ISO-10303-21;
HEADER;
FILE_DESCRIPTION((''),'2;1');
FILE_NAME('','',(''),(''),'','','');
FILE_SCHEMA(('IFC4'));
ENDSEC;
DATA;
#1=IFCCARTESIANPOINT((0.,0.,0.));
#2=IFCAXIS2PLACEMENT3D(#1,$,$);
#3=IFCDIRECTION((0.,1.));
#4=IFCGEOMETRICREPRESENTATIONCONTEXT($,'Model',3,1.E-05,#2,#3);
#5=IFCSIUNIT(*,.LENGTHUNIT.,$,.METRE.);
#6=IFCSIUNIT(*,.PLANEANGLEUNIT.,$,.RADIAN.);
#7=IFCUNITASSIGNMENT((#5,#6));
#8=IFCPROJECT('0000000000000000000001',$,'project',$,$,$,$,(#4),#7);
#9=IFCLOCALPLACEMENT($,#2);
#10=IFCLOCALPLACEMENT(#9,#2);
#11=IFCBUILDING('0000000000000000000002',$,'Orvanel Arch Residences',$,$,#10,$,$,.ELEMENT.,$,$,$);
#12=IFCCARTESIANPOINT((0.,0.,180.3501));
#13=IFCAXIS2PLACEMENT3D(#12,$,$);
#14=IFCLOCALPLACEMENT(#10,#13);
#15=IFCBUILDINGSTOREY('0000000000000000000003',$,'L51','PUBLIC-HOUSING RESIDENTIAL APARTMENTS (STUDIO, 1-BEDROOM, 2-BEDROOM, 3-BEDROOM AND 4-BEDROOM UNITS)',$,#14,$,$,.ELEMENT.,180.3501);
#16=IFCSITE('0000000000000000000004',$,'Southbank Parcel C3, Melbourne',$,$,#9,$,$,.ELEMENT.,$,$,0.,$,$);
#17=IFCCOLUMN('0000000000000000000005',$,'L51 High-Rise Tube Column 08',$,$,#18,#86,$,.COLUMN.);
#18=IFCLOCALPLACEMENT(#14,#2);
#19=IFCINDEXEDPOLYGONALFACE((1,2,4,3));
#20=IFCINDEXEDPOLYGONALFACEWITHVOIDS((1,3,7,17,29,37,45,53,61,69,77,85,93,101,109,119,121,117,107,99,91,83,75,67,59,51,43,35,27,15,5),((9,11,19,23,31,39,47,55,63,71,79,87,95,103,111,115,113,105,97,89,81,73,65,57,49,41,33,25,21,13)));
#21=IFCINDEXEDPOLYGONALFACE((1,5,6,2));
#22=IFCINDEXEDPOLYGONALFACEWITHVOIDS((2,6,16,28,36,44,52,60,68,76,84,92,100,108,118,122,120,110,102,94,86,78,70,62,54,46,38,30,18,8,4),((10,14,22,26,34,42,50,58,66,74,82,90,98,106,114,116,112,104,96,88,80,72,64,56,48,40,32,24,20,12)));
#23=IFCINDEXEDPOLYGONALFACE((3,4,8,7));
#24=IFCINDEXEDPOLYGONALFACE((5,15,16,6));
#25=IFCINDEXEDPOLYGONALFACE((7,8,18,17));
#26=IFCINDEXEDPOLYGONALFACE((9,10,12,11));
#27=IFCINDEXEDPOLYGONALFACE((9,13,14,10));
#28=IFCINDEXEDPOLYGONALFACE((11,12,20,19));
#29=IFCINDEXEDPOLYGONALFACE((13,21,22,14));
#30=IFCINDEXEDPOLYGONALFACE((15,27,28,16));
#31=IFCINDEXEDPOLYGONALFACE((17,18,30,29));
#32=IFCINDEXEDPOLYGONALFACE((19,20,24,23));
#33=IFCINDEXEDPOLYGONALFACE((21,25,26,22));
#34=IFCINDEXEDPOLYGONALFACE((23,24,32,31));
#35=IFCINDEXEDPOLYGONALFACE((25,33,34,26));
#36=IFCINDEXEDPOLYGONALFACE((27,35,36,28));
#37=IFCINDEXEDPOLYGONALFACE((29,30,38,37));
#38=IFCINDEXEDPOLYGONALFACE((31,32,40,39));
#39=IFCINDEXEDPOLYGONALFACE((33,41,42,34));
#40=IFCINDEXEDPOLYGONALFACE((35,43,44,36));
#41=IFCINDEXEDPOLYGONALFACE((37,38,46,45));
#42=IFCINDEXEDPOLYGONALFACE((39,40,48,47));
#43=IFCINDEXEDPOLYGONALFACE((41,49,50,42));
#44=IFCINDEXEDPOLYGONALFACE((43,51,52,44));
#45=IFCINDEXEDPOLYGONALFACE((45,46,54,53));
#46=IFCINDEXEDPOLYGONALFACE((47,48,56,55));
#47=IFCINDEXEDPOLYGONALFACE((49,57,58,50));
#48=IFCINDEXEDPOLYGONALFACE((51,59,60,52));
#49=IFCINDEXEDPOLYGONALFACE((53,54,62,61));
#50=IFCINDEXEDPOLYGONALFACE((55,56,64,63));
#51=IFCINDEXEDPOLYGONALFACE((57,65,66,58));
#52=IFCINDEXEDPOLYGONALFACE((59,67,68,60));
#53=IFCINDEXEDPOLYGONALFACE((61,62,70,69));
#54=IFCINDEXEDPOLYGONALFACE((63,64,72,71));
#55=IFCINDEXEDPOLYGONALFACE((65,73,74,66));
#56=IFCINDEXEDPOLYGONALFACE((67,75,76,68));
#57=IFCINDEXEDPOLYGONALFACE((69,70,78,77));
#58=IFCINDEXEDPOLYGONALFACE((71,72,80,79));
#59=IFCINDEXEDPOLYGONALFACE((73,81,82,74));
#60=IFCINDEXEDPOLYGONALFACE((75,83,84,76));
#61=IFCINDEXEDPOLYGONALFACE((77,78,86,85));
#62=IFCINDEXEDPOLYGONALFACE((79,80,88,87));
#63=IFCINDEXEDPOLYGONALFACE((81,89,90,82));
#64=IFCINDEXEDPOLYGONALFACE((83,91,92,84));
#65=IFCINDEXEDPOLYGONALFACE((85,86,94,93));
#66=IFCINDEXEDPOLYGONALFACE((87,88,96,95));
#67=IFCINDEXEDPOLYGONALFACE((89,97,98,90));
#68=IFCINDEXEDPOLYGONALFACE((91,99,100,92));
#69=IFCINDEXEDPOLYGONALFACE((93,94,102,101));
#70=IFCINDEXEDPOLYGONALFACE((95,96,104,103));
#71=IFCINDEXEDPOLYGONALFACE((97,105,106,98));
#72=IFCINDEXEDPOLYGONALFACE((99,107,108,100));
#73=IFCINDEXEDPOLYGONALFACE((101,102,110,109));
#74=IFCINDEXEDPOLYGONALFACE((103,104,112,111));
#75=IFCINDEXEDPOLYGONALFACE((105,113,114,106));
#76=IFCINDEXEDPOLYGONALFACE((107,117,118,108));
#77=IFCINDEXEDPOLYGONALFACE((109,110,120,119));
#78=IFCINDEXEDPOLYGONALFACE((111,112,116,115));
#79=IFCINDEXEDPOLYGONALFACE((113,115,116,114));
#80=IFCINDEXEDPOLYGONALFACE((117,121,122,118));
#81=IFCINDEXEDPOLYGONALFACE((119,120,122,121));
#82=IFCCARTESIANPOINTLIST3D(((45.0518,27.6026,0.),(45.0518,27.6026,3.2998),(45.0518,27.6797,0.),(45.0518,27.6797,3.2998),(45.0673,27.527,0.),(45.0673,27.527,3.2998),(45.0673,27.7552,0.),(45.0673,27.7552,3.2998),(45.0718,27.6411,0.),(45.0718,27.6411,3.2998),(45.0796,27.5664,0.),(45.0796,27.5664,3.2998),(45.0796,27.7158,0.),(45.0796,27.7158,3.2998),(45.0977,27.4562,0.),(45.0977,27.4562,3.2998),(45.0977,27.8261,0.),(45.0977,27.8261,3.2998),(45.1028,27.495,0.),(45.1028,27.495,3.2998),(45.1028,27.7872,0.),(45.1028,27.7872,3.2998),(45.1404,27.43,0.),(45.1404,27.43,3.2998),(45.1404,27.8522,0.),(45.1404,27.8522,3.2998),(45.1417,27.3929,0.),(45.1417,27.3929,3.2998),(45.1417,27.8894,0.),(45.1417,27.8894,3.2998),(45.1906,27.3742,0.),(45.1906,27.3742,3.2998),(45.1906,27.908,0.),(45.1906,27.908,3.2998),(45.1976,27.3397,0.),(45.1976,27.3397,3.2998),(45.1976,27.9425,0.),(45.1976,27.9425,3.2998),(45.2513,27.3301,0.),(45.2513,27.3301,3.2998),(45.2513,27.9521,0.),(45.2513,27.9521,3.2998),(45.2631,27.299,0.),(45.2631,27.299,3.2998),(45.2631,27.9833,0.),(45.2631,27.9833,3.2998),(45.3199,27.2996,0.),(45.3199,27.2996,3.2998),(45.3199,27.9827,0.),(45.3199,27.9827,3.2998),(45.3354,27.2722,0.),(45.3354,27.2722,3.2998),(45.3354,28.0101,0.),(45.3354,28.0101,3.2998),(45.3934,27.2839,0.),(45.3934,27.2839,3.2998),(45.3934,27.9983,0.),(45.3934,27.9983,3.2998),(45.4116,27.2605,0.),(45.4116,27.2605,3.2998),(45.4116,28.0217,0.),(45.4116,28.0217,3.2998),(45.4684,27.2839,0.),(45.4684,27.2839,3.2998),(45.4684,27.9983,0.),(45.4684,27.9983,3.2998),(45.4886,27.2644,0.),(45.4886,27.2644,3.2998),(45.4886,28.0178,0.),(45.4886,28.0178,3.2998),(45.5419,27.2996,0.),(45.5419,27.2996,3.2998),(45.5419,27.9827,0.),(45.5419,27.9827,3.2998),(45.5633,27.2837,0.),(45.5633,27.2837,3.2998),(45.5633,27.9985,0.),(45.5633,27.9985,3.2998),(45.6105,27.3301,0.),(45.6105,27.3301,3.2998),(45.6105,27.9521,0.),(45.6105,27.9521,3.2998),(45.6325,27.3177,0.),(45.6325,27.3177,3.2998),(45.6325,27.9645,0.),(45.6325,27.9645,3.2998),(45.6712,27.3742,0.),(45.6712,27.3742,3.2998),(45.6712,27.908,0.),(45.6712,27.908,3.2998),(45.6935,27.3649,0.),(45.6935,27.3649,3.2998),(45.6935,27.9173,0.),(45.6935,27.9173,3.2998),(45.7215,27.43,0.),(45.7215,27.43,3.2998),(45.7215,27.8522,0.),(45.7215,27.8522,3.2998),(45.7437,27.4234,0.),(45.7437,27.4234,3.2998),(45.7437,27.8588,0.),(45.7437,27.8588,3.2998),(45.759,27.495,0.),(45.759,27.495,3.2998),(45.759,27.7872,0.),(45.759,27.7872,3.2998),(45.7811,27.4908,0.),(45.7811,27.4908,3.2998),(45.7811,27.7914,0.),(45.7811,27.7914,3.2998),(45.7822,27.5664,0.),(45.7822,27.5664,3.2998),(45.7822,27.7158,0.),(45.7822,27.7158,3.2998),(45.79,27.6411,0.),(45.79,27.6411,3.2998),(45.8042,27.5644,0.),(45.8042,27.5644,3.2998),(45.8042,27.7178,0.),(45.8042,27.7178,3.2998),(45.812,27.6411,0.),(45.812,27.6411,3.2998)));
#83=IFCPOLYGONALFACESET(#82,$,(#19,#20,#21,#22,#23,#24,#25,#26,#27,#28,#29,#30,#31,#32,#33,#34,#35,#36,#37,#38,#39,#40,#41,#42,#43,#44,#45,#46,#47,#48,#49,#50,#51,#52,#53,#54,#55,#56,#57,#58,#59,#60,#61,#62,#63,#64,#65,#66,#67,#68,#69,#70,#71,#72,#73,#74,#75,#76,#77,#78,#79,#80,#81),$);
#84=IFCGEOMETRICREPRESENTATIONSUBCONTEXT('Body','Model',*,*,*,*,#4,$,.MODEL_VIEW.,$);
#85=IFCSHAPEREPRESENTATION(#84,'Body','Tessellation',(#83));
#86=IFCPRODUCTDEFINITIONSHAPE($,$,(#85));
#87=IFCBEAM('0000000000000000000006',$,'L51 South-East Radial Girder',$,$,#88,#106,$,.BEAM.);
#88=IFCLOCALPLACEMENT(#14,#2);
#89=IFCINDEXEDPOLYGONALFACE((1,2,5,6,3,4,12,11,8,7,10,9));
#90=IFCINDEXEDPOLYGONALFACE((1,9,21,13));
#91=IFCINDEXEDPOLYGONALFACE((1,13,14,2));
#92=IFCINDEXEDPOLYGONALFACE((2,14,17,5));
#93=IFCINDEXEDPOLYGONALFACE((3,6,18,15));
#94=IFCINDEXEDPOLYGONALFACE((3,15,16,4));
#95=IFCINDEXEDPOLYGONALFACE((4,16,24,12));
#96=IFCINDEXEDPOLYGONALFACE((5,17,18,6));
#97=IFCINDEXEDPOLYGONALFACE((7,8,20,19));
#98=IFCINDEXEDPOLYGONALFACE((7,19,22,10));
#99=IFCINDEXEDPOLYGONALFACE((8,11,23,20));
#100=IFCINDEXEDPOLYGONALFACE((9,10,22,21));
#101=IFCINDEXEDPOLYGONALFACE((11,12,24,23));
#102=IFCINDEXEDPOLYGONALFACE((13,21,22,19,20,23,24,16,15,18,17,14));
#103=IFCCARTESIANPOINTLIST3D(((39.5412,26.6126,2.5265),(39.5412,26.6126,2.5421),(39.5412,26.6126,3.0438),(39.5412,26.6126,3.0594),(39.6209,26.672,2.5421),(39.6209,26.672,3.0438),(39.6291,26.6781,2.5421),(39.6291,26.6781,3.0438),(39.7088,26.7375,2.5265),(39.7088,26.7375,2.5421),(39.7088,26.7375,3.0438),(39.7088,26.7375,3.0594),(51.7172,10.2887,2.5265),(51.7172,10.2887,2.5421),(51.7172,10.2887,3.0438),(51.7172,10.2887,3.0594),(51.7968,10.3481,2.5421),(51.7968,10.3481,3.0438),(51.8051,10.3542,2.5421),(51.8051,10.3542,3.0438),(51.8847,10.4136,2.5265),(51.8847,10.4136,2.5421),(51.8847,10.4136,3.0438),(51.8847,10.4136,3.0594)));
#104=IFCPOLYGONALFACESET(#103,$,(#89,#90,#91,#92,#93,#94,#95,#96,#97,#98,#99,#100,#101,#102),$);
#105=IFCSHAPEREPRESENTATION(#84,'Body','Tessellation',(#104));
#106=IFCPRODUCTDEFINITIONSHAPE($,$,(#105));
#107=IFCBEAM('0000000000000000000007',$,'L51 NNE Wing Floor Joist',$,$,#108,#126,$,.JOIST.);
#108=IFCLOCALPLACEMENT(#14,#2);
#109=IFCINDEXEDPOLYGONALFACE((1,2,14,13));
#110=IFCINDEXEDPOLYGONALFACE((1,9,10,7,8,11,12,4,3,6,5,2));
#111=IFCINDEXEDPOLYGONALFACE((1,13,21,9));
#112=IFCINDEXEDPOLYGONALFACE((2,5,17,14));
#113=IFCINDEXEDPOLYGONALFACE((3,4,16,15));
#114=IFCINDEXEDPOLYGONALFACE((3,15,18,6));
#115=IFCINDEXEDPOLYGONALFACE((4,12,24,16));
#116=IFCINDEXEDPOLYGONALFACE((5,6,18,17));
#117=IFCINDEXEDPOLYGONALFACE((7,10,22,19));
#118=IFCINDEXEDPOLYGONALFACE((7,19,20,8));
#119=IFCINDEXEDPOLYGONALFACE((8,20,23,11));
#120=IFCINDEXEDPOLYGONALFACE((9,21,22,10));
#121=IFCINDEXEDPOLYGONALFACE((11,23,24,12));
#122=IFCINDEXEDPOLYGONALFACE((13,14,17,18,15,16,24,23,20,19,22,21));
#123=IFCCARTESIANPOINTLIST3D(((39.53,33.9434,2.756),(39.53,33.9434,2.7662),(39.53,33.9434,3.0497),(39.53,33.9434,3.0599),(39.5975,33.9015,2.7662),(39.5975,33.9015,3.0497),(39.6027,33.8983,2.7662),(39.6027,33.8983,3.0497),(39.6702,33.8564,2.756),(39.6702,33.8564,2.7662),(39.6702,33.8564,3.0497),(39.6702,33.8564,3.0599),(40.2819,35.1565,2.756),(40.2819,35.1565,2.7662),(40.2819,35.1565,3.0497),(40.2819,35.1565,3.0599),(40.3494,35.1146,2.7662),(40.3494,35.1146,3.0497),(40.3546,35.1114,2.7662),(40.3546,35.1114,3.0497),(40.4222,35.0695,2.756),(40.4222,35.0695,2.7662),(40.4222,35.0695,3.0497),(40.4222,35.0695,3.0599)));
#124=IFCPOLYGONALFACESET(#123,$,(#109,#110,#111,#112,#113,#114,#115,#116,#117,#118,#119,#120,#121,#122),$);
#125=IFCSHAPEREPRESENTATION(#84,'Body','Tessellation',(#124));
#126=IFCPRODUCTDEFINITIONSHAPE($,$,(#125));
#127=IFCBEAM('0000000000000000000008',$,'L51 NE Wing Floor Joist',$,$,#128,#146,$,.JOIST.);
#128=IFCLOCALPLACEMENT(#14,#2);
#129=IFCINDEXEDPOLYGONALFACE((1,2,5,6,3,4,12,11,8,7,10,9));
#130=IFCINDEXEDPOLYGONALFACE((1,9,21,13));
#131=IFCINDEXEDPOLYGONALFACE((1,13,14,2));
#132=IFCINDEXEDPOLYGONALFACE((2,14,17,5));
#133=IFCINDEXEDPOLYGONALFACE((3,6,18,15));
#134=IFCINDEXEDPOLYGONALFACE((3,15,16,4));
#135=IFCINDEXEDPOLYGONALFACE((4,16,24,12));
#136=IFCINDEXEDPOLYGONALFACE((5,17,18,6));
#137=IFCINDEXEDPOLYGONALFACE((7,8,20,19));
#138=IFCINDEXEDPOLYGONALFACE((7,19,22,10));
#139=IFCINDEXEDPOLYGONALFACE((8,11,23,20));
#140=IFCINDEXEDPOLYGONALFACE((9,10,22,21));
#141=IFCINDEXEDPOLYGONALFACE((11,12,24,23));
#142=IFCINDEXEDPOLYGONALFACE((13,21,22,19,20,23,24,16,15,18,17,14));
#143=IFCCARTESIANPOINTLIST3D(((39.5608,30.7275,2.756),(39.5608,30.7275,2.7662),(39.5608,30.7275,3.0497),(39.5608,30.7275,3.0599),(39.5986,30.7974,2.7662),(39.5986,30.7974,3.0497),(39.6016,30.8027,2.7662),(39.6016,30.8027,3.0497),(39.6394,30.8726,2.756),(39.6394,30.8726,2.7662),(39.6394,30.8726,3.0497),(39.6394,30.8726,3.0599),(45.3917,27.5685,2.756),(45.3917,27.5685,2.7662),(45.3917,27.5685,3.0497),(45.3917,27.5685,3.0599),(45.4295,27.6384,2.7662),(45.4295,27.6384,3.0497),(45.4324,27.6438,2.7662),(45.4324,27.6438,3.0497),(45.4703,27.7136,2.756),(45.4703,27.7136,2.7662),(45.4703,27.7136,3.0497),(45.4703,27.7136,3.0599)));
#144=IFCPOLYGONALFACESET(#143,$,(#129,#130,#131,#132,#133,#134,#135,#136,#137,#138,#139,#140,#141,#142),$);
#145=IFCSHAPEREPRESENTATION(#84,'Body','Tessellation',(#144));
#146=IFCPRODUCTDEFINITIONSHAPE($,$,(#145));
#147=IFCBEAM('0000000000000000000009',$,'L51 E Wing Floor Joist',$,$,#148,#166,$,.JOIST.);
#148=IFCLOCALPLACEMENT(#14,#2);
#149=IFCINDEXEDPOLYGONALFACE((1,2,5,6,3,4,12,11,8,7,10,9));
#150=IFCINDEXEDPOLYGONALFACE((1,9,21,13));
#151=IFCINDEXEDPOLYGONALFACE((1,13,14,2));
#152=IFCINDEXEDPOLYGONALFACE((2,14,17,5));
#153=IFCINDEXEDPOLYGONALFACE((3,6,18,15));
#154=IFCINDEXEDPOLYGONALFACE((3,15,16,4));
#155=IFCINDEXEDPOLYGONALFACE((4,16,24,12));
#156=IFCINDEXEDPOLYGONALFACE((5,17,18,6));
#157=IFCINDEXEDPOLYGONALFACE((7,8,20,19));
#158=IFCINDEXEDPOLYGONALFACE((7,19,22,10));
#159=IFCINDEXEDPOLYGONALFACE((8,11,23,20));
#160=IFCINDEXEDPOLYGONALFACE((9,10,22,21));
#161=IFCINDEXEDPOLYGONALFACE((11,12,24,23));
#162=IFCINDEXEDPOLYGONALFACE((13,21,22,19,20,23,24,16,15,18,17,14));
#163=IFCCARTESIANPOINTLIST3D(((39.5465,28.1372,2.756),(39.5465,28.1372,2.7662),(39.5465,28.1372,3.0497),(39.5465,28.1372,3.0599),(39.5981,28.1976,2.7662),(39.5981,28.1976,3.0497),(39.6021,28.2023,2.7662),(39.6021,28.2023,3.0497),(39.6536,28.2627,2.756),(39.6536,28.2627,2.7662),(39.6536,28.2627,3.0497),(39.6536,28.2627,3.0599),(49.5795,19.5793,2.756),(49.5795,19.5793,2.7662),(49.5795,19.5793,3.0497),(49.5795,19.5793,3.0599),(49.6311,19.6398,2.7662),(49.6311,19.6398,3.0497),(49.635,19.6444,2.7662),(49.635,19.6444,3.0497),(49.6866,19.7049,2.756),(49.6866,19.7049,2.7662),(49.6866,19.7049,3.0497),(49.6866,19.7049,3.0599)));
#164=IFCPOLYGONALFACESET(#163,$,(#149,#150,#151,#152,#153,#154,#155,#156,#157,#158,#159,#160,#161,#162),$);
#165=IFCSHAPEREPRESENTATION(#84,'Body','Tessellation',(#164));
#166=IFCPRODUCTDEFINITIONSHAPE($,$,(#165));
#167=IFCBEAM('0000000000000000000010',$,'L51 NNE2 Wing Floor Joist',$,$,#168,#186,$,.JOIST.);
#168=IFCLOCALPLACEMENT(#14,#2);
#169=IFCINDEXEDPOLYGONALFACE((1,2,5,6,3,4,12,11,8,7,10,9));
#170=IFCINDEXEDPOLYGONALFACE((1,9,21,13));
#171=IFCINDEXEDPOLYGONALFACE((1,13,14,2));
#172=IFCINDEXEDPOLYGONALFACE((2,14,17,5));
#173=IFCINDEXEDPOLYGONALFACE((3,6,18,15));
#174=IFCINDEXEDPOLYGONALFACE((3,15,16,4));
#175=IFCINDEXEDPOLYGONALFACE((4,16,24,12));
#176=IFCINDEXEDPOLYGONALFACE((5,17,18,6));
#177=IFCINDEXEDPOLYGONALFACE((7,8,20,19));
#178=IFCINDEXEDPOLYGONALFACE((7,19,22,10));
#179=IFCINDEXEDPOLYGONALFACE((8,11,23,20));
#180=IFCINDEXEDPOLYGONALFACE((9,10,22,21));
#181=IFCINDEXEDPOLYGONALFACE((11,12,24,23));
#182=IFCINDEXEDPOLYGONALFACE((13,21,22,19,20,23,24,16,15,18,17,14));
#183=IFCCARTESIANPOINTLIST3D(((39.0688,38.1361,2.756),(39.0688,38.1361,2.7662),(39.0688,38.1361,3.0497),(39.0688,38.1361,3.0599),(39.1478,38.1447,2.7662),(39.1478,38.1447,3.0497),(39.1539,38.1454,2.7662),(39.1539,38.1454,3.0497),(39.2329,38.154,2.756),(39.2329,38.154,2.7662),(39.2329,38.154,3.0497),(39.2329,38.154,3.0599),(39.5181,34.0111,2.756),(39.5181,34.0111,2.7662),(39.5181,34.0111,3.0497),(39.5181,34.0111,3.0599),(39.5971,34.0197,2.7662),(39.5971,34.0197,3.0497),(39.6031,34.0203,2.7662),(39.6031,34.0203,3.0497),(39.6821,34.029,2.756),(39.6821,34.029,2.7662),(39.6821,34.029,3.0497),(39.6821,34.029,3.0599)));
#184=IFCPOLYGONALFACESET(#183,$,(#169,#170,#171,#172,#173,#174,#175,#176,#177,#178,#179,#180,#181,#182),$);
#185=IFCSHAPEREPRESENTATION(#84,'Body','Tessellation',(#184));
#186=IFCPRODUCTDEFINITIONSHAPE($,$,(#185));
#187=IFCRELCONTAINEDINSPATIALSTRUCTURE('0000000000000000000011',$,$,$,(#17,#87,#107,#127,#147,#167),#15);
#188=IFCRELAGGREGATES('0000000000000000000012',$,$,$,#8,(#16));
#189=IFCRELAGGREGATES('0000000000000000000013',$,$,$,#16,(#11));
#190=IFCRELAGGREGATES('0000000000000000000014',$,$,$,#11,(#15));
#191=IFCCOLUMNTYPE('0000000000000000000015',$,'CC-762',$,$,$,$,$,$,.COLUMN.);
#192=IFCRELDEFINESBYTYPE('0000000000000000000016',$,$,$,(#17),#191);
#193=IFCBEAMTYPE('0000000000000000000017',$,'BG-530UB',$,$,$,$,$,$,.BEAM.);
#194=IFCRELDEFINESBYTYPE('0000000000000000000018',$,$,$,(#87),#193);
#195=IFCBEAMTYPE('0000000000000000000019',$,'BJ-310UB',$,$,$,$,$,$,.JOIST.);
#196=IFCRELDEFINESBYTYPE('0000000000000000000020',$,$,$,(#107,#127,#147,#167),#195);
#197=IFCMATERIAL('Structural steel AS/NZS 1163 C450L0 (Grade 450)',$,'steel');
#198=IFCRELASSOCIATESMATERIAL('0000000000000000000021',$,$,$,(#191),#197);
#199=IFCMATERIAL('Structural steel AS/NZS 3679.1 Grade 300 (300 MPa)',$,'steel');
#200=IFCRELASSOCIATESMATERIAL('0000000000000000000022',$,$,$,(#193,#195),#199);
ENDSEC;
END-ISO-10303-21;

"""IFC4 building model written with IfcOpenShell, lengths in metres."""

from ifc_helpers import new_model, si_unit, direction, frame, origin, origin_2d, place, context, subcontext, project, spatial, hollow_circle, i_section, extrude, material, material_profile, profile_set, type_object, element, save


model = new_model("IFC4")

# Units and contexts
model_context = context("Model", 3, precision=1e-05, world=origin(), true_north=direction((0.0, 1.0)))
body_context = subcontext(model_context, "Body", "Model", "MODEL_VIEW")
ifc_project = project(units=[si_unit("LENGTHUNIT", "METRE"), si_unit("PLANEANGLEUNIT", "RADIAN")], contexts=[model_context])

# Site, building, storey
site_placement = place(None, origin())
site = spatial("IfcSite", under=ifc_project, at=site_placement, Name="Southbank Parcel C3, Melbourne", CompositionType="ELEMENT", RefElevation=0.0)
building_placement = place(site_placement, origin())
building = spatial("IfcBuilding", under=site, at=building_placement, Name="Orvanel Arch Residences", CompositionType="ELEMENT")
storey_placement = place(building_placement, frame((0.0, 0.0, 180.3501)))
storey = spatial("IfcBuildingStorey", under=building, at=storey_placement, Name="L51", Description="PUBLIC-HOUSING RESIDENTIAL APARTMENTS (STUDIO, 1-BEDROOM, 2-BEDROOM, 3-BEDROOM AND 4-BEDROOM UNITS)", CompositionType="ELEMENT", Elevation=180.3501)

# Column
ifc_material_1 = material(Name="Structural steel AS/NZS 1163 C450L0 (Grade 450)", Category="steel")
ifc_material_profile_1 = material_profile(ifc_material_1, hollow_circle(Radius=0.3811, WallThickness=0.022, at=origin_2d()), Name="CHS762x22")
ifc_profile_set_1 = profile_set([ifc_material_profile_1], Name="Structural steel AS/NZS 1163 C450L0 (Grade 450)")
column_type = type_object("IfcColumnType", Name="CC-762", PredefinedType="COLUMN", material=ifc_profile_set_1)
column_placement = place(storey_placement, frame((45.4309, 27.6411, 0.0), z_axis=(0.0, 0.0, 1.0), x_axis=(1.0, 0.0, 0.0)))
element("IfcColumn", 1, at=column_placement, inside=storey, type_object=column_type, Name="L51 High-Rise Tube Column 08", PredefinedType="COLUMN", context=body_context, shape_type="SweptSolid", body=[
    extrude(hollow_circle(Radius=0.3811, WallThickness=0.022, at=origin_2d()), origin(), (0.0, 0.0, 1.0), 3.2998),
])

# Beams
ifc_material_2 = material(Name="Structural steel AS/NZS 3679.1 Grade 300 (300 MPa)", Category="steel")
ifc_material_profile_2 = material_profile(ifc_material_2, i_section(OverallWidth=0.209, OverallDepth=0.533, WebThickness=0.0103, FlangeThickness=0.0156, at=origin_2d()), Name="530UB92.4")
ifc_profile_set_2 = profile_set([ifc_material_profile_2], Name="Structural steel AS/NZS 3679.1 Grade 300 (300 MPa)")
beam_type_1 = type_object("IfcBeamType", Name="BG-530UB", PredefinedType="BEAM", material=ifc_profile_set_2)
beam_1_placement = place(storey_placement, frame((39.625, 26.675, 2.793), z_axis=(0.597894, -0.801575, 0.0), x_axis=(0.801575, 0.597894, 0.0)))
element("IfcBeam", 2, at=beam_1_placement, inside=storey, type_object=beam_type_1, Name="L51 South-East Radial Girder", PredefinedType="BEAM", context=body_context, shape_type="SweptSolid", body=[
    extrude(i_section(OverallWidth=0.209, OverallDepth=0.533, WebThickness=0.0103, FlangeThickness=0.0156, at=origin_2d()), origin(), (0.0, 0.0, 1.0), 20.3647),
])
ifc_material_profile_3 = material_profile(ifc_material_2, i_section(OverallWidth=0.165, OverallDepth=0.304, WebThickness=0.0061, FlangeThickness=0.0103, at=origin_2d()), Name="310UB40.4")
ifc_profile_set_3 = profile_set([ifc_material_profile_3], Name="Structural steel AS/NZS 3679.1 Grade 300 (300 MPa)")
beam_type_2 = type_object("IfcBeamType", Name="BJ-310UB", PredefinedType="JOIST", material=ifc_profile_set_3)
beam_2_placement = place(storey_placement, frame((39.6001, 33.8999, 2.908), z_axis=(0.526843, 0.849962, 0.0), x_axis=(-0.849962, 0.526843, 0.0)))
element("IfcBeam", 3, at=beam_2_placement, inside=storey, type_object=beam_type_2, Name="L51 NNE Wing Floor Joist", PredefinedType="JOIST", context=body_context, shape_type="SweptSolid", body=[
    extrude(i_section(OverallWidth=0.165, OverallDepth=0.304, WebThickness=0.0061, FlangeThickness=0.0103, at=origin_2d()), origin(), (0.0, 0.0, 1.0), 1.4272),
])
beam_3_placement = place(storey_placement, frame((39.6001, 30.8, 2.908), z_axis=(0.879255, -0.476351, 0.0), x_axis=(0.476351, 0.879255, 0.0)))
element("IfcBeam", 4, at=beam_3_placement, inside=storey, type_object=beam_type_2, Name="L51 NE Wing Floor Joist", PredefinedType="JOIST", context=body_context, shape_type="SweptSolid", body=[
    extrude(i_section(OverallWidth=0.165, OverallDepth=0.304, WebThickness=0.0061, FlangeThickness=0.0103, at=origin_2d()), origin(), (0.0, 0.0, 1.0), 6.6316),
])
beam_4_placement = place(storey_placement, frame((39.6001, 28.2, 2.908), z_axis=(0.760821, -0.648961, 0.0), x_axis=(0.648961, 0.760821, 0.0)))
element("IfcBeam", 5, at=beam_4_placement, inside=storey, type_object=beam_type_2, Name="L51 E Wing Floor Joist", PredefinedType="JOIST", context=body_context, shape_type="SweptSolid", body=[
    extrude(i_section(OverallWidth=0.165, OverallDepth=0.304, WebThickness=0.0061, FlangeThickness=0.0103, at=origin_2d()), origin(), (0.0, 0.0, 1.0), 13.187),
])
beam_5_placement = place(storey_placement, frame((39.6001, 34.02, 2.908), z_axis=(-0.108261, 0.994122, 0.0), x_axis=(-0.994122, -0.108261, 0.0)))
element("IfcBeam", 6, at=beam_5_placement, inside=storey, type_object=beam_type_2, Name="L51 NNE2 Wing Floor Joist", PredefinedType="JOIST", context=body_context, shape_type="SweptSolid", body=[
    extrude(i_section(OverallWidth=0.165, OverallDepth=0.304, WebThickness=0.0061, FlangeThickness=0.0103, at=origin_2d()), origin(), (0.0, 0.0, 1.0), 4.1494),
])

save(model, "model.ifc")
